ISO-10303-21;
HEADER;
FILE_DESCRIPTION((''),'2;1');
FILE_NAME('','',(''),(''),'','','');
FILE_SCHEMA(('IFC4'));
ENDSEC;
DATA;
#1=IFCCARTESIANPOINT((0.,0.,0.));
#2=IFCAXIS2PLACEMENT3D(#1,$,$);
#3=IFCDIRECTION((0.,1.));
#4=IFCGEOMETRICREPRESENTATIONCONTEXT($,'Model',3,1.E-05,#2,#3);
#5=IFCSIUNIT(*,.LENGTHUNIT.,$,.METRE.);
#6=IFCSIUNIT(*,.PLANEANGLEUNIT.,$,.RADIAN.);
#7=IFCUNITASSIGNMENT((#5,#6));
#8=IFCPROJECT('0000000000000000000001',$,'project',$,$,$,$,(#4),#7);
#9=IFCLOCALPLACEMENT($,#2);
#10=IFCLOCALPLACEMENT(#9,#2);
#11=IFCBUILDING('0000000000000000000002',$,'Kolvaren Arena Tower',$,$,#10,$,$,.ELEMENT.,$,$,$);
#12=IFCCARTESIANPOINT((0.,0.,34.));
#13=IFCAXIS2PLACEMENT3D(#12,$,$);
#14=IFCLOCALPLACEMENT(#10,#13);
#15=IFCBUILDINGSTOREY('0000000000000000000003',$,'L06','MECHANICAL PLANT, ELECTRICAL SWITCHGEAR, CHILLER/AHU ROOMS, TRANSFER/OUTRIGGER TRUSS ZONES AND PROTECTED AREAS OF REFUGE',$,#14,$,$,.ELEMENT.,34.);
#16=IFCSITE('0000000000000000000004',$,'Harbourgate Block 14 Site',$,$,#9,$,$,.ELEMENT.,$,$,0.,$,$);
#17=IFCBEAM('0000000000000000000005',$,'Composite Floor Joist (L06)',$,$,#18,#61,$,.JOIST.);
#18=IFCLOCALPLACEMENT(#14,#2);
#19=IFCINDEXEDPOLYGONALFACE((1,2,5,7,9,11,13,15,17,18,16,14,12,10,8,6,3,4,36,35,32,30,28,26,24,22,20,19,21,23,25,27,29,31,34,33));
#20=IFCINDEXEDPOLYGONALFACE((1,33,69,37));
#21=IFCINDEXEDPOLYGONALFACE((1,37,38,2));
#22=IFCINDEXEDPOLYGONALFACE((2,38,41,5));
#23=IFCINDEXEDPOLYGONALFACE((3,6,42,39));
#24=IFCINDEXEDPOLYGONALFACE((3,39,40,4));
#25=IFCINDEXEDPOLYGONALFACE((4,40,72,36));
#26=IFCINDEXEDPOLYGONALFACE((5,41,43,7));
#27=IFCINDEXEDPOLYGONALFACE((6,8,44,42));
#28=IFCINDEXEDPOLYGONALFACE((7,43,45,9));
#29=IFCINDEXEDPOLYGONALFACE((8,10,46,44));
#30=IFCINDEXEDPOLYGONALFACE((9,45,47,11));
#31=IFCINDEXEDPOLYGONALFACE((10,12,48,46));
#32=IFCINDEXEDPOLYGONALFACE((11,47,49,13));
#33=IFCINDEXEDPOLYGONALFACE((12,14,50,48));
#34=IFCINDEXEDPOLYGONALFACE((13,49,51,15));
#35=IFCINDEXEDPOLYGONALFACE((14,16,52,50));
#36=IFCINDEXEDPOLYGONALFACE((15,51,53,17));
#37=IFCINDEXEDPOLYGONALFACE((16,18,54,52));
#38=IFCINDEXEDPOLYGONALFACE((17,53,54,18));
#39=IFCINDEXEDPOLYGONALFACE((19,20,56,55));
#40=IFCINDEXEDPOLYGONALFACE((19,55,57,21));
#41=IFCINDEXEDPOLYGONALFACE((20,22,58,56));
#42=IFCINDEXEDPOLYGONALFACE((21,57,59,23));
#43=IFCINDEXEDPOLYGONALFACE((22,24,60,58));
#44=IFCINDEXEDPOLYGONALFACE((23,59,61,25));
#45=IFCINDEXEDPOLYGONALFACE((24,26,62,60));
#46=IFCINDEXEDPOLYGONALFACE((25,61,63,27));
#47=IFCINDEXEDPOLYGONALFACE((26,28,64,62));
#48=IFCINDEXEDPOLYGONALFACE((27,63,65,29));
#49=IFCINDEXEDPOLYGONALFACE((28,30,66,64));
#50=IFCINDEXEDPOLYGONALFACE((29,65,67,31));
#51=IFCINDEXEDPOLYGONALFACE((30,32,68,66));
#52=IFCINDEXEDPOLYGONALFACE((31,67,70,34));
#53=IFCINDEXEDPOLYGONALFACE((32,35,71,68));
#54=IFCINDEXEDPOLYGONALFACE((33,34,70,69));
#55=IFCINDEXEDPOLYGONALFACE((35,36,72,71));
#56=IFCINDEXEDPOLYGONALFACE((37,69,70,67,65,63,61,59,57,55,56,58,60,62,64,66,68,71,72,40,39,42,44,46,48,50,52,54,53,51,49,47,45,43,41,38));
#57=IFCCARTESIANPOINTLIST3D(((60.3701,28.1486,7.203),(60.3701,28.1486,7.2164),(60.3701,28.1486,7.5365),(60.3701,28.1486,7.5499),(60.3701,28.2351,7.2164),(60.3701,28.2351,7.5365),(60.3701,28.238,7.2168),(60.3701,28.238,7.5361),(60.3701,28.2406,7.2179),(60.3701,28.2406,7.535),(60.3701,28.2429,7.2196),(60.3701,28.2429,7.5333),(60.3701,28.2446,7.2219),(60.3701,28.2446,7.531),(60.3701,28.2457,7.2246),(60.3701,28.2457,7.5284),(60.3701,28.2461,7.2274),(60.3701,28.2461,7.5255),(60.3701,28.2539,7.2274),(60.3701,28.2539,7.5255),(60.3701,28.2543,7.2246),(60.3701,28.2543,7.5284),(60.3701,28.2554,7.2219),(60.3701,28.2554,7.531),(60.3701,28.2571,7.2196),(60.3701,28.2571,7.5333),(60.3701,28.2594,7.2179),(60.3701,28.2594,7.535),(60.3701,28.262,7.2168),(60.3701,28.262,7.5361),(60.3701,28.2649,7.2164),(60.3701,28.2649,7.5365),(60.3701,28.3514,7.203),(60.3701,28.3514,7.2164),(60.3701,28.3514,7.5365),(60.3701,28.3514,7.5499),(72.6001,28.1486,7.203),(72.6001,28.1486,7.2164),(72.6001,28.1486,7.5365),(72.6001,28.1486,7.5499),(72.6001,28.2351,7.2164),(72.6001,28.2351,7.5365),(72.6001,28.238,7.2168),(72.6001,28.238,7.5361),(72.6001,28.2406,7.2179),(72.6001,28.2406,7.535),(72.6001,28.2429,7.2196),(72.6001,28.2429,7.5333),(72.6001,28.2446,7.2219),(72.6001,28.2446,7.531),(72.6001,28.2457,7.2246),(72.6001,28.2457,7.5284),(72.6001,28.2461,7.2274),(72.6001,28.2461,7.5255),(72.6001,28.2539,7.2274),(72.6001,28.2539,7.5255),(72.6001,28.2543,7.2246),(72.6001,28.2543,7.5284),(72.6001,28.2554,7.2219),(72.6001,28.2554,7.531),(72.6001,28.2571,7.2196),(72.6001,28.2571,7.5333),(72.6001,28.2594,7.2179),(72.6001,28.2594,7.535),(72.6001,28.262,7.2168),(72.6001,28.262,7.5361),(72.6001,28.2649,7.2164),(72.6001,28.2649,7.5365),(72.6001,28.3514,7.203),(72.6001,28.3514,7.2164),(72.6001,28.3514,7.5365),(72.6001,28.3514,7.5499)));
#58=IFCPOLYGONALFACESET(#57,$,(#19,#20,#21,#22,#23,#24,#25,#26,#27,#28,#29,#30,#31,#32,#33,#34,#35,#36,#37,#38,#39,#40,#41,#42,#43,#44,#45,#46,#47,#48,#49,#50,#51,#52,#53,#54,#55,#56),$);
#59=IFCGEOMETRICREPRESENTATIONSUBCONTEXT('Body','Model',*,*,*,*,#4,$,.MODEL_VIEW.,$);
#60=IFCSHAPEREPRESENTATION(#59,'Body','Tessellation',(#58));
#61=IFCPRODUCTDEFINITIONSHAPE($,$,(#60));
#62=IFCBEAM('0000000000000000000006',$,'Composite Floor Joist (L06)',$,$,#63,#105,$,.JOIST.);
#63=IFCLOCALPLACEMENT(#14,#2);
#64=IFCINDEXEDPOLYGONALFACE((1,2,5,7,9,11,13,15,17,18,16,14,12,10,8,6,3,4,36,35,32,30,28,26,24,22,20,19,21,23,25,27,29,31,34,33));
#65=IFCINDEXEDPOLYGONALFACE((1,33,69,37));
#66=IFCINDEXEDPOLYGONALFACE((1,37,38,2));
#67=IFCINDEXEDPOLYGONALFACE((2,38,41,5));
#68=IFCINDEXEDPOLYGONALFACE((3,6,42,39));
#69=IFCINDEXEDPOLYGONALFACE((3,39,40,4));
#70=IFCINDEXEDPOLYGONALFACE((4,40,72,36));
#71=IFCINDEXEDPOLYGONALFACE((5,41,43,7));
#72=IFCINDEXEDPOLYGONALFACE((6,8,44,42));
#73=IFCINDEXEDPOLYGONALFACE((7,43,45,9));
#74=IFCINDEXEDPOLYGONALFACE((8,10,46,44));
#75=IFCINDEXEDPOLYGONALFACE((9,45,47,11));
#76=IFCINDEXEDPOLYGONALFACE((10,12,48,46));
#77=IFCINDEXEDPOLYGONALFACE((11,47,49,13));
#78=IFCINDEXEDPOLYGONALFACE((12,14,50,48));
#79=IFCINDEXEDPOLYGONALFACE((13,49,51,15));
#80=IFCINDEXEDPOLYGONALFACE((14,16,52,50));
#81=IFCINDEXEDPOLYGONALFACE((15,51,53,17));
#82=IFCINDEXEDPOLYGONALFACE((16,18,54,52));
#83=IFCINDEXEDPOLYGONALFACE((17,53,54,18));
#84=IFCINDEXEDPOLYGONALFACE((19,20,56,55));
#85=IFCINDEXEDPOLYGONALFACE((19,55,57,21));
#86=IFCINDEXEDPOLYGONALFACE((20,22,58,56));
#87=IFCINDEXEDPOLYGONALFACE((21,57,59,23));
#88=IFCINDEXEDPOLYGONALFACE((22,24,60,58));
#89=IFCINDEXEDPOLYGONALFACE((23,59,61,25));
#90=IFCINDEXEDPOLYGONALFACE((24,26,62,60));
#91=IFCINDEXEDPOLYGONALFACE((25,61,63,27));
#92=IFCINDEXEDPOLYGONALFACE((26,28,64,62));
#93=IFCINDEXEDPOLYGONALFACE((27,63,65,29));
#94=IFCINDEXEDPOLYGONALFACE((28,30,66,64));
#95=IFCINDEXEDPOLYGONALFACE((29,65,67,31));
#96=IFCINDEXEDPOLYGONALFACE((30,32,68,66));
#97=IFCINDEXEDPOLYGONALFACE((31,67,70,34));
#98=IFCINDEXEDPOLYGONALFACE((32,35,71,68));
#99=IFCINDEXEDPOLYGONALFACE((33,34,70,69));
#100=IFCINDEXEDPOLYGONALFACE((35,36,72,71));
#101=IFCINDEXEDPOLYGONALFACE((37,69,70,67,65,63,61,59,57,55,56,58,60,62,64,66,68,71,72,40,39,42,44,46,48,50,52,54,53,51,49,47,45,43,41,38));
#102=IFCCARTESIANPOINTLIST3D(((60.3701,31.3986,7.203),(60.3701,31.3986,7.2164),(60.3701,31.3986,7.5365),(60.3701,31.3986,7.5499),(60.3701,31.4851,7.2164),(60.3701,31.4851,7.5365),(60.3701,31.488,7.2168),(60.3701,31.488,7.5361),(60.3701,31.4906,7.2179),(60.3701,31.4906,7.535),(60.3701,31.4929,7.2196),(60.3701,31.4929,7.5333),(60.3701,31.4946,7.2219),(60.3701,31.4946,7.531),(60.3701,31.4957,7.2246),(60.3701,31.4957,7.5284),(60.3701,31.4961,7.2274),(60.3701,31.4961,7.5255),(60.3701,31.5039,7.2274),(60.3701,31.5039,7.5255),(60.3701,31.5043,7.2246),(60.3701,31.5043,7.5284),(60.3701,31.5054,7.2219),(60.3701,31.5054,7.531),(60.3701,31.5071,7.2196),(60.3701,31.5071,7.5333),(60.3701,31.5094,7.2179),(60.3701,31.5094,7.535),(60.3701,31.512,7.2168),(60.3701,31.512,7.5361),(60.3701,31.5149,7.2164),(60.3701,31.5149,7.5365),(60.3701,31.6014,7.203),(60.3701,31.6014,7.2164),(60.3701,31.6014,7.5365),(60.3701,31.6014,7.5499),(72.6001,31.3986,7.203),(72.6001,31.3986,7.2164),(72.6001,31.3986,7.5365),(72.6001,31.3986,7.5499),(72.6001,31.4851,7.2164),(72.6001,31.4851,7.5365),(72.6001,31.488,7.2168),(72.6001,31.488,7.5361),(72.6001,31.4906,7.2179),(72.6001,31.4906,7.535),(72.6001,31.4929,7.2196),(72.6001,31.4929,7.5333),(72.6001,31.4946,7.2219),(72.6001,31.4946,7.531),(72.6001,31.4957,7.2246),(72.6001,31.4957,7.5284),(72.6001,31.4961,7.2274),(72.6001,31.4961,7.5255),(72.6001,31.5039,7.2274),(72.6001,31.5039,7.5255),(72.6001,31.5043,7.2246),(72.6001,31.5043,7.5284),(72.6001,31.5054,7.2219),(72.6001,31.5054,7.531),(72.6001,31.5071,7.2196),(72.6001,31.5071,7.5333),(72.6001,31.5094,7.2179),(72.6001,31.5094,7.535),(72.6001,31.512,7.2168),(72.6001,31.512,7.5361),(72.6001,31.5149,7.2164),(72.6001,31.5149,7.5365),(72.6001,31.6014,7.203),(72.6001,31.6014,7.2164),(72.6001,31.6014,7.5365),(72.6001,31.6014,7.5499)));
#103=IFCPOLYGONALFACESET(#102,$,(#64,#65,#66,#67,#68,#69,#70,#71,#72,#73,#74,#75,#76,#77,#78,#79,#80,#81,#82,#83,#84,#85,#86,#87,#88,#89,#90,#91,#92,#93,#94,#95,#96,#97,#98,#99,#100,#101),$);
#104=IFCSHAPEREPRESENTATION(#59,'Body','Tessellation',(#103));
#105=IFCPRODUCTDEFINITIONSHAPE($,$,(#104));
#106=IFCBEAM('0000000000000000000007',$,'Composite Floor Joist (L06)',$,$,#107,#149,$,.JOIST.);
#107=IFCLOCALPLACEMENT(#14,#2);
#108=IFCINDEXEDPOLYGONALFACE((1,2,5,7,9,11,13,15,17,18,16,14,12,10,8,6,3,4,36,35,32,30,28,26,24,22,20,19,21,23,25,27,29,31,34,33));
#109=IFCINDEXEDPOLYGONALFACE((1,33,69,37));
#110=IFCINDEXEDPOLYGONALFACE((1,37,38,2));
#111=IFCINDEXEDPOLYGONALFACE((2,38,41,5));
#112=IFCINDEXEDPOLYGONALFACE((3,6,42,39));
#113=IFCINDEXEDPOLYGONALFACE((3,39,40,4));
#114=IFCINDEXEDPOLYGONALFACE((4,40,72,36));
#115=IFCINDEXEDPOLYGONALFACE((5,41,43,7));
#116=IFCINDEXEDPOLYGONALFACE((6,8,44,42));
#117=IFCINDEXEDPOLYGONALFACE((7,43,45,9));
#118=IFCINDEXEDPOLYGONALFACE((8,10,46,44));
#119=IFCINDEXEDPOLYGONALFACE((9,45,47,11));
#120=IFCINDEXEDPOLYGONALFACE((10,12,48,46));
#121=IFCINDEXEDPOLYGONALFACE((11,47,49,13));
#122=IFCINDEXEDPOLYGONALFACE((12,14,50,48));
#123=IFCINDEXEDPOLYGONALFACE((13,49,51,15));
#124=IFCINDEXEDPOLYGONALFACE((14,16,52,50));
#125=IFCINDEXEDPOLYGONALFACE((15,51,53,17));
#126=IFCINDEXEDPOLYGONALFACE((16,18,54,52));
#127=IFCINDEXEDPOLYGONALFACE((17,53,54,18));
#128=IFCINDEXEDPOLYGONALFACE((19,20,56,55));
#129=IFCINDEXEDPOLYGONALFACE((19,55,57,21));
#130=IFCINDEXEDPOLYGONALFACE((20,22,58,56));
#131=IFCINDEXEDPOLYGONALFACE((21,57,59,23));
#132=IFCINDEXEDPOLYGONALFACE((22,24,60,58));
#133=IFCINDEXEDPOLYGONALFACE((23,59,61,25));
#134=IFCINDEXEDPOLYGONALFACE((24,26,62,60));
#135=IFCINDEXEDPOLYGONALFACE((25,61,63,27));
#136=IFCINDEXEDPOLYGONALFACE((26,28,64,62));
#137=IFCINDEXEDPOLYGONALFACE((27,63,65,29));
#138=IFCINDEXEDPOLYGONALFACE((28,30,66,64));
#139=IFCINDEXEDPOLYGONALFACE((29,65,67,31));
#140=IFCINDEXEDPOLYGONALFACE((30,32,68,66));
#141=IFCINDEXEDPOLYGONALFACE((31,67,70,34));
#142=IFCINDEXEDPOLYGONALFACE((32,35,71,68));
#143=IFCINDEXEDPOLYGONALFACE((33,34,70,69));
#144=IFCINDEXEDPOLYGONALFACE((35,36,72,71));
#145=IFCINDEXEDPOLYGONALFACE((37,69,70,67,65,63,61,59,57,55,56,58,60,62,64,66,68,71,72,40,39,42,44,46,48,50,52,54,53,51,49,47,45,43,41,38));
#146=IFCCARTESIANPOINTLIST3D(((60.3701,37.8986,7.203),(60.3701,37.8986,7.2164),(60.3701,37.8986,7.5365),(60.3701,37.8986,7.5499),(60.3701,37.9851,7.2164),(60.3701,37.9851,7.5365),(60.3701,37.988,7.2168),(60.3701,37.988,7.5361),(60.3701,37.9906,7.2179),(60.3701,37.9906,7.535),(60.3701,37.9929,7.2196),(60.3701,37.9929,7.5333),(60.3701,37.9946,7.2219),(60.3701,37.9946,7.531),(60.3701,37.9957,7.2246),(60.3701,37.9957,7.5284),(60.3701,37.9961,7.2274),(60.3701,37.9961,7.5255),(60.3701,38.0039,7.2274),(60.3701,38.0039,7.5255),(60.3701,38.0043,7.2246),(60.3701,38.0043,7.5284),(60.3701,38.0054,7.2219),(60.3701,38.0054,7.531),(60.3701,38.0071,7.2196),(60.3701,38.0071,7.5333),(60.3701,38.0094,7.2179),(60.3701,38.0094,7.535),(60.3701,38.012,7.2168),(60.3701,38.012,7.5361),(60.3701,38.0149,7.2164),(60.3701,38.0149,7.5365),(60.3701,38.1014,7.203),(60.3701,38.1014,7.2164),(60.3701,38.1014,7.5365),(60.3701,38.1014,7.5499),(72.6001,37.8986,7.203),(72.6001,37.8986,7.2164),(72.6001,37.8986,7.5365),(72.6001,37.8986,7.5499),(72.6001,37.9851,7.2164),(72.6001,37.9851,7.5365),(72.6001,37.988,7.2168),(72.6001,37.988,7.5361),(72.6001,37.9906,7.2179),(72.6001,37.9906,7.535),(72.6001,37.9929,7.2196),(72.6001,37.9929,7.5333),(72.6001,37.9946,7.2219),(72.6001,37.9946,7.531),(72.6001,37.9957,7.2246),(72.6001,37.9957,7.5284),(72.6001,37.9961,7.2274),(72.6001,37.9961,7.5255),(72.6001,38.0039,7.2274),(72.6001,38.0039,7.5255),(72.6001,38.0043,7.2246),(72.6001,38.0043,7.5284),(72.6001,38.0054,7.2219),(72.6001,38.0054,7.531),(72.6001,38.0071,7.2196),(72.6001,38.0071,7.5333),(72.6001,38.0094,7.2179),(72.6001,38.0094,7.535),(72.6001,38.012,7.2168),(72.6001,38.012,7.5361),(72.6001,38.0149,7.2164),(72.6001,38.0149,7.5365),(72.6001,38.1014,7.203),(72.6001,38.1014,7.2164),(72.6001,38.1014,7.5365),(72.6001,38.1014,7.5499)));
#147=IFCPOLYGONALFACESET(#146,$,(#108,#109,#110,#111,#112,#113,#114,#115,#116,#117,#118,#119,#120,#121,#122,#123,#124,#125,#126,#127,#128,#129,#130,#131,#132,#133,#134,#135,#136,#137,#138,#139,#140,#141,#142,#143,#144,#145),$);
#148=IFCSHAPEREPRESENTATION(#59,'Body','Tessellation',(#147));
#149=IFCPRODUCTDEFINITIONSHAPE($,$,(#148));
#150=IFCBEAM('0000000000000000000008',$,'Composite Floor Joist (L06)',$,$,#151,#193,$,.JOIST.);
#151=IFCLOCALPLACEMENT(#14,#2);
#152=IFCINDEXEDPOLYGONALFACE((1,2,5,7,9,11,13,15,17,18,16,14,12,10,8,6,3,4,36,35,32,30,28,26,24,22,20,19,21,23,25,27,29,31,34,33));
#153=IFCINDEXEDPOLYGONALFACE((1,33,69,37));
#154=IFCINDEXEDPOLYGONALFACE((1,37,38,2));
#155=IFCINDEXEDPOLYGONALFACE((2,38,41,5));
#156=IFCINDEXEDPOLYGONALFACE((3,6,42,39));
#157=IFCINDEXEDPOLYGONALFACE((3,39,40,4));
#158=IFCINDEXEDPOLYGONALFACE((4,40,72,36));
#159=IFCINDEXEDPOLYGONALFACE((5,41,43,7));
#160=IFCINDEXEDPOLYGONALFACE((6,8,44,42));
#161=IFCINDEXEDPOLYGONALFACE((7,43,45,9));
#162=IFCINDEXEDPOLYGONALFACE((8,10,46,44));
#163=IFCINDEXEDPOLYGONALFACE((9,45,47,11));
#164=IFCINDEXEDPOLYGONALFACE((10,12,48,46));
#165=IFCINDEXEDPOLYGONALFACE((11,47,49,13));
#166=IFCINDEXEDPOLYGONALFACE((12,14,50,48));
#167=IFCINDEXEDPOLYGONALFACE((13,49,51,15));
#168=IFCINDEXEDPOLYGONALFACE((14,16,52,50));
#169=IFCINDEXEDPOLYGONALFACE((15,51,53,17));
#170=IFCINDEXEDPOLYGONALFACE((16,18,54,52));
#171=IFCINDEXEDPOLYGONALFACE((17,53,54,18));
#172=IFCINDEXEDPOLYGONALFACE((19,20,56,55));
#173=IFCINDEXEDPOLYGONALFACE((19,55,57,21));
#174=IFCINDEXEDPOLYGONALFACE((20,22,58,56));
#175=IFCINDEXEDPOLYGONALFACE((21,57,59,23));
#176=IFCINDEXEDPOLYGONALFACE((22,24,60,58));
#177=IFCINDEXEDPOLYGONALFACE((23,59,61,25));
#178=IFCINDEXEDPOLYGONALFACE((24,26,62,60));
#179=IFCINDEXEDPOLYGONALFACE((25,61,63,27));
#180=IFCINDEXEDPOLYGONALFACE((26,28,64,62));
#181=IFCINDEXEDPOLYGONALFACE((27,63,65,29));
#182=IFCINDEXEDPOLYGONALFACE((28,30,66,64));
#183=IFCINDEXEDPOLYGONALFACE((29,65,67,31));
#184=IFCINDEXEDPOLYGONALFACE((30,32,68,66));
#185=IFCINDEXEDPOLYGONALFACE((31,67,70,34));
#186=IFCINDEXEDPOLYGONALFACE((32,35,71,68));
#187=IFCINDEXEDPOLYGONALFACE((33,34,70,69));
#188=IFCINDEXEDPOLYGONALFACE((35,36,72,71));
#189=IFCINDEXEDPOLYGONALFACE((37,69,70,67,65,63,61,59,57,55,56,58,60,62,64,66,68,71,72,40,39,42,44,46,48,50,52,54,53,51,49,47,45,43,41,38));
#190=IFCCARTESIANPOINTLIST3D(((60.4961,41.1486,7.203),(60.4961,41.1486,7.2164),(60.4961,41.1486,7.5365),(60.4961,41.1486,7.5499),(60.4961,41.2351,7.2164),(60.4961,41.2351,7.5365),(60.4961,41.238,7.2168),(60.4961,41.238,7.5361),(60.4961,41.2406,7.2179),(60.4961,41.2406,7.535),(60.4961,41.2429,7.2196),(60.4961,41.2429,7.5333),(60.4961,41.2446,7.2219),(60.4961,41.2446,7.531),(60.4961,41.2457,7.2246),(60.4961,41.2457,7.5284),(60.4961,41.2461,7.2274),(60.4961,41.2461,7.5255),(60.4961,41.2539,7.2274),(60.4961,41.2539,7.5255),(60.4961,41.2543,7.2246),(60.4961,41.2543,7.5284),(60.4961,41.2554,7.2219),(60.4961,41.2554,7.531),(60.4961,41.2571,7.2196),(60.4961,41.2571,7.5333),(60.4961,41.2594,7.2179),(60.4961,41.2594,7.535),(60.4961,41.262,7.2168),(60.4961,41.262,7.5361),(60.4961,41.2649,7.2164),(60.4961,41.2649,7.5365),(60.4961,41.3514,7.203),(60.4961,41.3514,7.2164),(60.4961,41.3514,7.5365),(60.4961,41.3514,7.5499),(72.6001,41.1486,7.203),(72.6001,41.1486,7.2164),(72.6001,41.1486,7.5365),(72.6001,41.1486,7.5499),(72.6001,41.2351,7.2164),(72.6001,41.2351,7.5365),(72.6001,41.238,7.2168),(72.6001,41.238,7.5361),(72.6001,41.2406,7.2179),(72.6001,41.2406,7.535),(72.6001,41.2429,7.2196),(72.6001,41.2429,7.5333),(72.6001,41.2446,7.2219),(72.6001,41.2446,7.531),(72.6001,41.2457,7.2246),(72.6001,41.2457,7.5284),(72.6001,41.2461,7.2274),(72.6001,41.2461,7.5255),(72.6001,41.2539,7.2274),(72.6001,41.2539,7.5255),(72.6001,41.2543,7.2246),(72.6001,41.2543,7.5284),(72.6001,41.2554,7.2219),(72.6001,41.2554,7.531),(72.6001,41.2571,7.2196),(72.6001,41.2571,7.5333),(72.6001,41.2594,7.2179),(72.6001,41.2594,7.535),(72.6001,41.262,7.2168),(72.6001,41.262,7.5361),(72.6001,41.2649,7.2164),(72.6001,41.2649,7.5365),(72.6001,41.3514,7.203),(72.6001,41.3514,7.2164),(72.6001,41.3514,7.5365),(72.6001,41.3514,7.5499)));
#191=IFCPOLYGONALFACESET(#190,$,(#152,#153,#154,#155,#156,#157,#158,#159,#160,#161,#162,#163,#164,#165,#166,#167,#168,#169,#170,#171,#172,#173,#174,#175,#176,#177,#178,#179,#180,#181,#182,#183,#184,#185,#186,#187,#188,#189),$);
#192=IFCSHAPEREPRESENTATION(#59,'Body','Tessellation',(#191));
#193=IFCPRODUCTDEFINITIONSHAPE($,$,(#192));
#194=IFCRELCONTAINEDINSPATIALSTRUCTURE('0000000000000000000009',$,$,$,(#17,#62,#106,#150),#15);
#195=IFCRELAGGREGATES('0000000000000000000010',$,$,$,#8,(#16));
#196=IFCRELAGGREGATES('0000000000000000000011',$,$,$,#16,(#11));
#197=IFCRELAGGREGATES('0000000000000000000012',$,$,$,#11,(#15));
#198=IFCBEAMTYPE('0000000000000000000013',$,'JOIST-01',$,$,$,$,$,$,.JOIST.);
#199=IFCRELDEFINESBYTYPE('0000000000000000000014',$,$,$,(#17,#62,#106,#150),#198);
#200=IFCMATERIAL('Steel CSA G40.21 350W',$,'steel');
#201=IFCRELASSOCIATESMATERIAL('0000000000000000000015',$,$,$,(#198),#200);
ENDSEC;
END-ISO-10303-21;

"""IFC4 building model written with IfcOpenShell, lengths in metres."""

from ifc_helpers import new_model, si_unit, direction, frame, origin, origin_2d, place, context, subcontext, project, spatial, i_section, extrude, material, material_profile, profile_set, type_object, element, save


model = new_model("IFC4")

# Units and contexts
model_context = context("Model", 3, precision=1e-05, world=origin(), true_north=direction((0.0, 1.0)))
body_context = subcontext(model_context, "Body", "Model", "MODEL_VIEW")
ifc_project = project(units=[si_unit("LENGTHUNIT", "METRE"), si_unit("PLANEANGLEUNIT", "RADIAN")], contexts=[model_context])

# Site, building, storey
site_placement = place(None, origin())
site = spatial("IfcSite", under=ifc_project, at=site_placement, Name="Harbourgate Block 14 Site", CompositionType="ELEMENT", RefElevation=0.0)
building_placement = place(site_placement, origin())
building = spatial("IfcBuilding", under=site, at=building_placement, Name="Kolvaren Arena Tower", CompositionType="ELEMENT")
storey_placement = place(building_placement, frame((0.0, 0.0, 34.0)))
storey = spatial("IfcBuildingStorey", under=building, at=storey_placement, Name="L06", Description="MECHANICAL PLANT, ELECTRICAL SWITCHGEAR, CHILLER/AHU ROOMS, TRANSFER/OUTRIGGER TRUSS ZONES AND PROTECTED AREAS OF REFUGE", CompositionType="ELEMENT", Elevation=34.0)

# Shared definitions
ifc_material_1 = material(Name="Steel CSA G40.21 350W", Category="steel")

# Beams
ifc_material_profile_1 = material_profile(ifc_material_1, i_section(OverallWidth=0.2029, OverallDepth=0.3469, WebThickness=0.0078, FlangeThickness=0.0134, FilletRadius=0.011, at=origin_2d()), Name="W360x64")
ifc_profile_set_1 = profile_set([ifc_material_profile_1], Name="Steel CSA G40.21 350W")
beam_type_1 = type_object("IfcBeamType", Name="JOIST-01", PredefinedType="JOIST", material=ifc_profile_set_1)
for number, where, z_axis, x_axis, name in (
    (1, (60.3701, 28.25, 7.3765), (1.0, 0.0, 0.0), (0.0, 1.0, 0.0), "Composite Floor Joist (L06)"),
    (2, (60.3701, 31.5, 7.3765), (1.0, 0.0, 0.0), (0.0, 1.0, 0.0), "Composite Floor Joist (L06)"),
    (3, (60.3701, 38.0, 7.3765), (1.0, 0.0, 0.0), (0.0, 1.0, 0.0), "Composite Floor Joist (L06)"),
):
    element("IfcBeam", number, at=place(storey_placement, frame(where, z_axis=z_axis, x_axis=x_axis)), inside=storey, type_object=beam_type_1, Name=name, PredefinedType="JOIST", context=body_context, shape_type="SweptSolid", body=[
        extrude(i_section(OverallWidth=0.2029, OverallDepth=0.3469, WebThickness=0.0078, FlangeThickness=0.0134, FilletRadius=0.011, at=origin_2d()), origin(), (0.0, 0.0, 1.0), 12.23),
    ])
beam_1_placement = place(storey_placement, frame((60.4961, 41.25, 7.3765), z_axis=(1.0, 0.0, 0.0), x_axis=(0.0, 1.0, 0.0)))
element("IfcBeam", 4, at=beam_1_placement, inside=storey, type_object=beam_type_1, Name="Composite Floor Joist (L06)", PredefinedType="JOIST", context=body_context, shape_type="SweptSolid", body=[
    extrude(i_section(OverallWidth=0.2029, OverallDepth=0.3469, WebThickness=0.0078, FlangeThickness=0.0134, FilletRadius=0.011, at=origin_2d()), origin(), (0.0, 0.0, 1.0), 12.104),
])

save(model, "model.ifc")
